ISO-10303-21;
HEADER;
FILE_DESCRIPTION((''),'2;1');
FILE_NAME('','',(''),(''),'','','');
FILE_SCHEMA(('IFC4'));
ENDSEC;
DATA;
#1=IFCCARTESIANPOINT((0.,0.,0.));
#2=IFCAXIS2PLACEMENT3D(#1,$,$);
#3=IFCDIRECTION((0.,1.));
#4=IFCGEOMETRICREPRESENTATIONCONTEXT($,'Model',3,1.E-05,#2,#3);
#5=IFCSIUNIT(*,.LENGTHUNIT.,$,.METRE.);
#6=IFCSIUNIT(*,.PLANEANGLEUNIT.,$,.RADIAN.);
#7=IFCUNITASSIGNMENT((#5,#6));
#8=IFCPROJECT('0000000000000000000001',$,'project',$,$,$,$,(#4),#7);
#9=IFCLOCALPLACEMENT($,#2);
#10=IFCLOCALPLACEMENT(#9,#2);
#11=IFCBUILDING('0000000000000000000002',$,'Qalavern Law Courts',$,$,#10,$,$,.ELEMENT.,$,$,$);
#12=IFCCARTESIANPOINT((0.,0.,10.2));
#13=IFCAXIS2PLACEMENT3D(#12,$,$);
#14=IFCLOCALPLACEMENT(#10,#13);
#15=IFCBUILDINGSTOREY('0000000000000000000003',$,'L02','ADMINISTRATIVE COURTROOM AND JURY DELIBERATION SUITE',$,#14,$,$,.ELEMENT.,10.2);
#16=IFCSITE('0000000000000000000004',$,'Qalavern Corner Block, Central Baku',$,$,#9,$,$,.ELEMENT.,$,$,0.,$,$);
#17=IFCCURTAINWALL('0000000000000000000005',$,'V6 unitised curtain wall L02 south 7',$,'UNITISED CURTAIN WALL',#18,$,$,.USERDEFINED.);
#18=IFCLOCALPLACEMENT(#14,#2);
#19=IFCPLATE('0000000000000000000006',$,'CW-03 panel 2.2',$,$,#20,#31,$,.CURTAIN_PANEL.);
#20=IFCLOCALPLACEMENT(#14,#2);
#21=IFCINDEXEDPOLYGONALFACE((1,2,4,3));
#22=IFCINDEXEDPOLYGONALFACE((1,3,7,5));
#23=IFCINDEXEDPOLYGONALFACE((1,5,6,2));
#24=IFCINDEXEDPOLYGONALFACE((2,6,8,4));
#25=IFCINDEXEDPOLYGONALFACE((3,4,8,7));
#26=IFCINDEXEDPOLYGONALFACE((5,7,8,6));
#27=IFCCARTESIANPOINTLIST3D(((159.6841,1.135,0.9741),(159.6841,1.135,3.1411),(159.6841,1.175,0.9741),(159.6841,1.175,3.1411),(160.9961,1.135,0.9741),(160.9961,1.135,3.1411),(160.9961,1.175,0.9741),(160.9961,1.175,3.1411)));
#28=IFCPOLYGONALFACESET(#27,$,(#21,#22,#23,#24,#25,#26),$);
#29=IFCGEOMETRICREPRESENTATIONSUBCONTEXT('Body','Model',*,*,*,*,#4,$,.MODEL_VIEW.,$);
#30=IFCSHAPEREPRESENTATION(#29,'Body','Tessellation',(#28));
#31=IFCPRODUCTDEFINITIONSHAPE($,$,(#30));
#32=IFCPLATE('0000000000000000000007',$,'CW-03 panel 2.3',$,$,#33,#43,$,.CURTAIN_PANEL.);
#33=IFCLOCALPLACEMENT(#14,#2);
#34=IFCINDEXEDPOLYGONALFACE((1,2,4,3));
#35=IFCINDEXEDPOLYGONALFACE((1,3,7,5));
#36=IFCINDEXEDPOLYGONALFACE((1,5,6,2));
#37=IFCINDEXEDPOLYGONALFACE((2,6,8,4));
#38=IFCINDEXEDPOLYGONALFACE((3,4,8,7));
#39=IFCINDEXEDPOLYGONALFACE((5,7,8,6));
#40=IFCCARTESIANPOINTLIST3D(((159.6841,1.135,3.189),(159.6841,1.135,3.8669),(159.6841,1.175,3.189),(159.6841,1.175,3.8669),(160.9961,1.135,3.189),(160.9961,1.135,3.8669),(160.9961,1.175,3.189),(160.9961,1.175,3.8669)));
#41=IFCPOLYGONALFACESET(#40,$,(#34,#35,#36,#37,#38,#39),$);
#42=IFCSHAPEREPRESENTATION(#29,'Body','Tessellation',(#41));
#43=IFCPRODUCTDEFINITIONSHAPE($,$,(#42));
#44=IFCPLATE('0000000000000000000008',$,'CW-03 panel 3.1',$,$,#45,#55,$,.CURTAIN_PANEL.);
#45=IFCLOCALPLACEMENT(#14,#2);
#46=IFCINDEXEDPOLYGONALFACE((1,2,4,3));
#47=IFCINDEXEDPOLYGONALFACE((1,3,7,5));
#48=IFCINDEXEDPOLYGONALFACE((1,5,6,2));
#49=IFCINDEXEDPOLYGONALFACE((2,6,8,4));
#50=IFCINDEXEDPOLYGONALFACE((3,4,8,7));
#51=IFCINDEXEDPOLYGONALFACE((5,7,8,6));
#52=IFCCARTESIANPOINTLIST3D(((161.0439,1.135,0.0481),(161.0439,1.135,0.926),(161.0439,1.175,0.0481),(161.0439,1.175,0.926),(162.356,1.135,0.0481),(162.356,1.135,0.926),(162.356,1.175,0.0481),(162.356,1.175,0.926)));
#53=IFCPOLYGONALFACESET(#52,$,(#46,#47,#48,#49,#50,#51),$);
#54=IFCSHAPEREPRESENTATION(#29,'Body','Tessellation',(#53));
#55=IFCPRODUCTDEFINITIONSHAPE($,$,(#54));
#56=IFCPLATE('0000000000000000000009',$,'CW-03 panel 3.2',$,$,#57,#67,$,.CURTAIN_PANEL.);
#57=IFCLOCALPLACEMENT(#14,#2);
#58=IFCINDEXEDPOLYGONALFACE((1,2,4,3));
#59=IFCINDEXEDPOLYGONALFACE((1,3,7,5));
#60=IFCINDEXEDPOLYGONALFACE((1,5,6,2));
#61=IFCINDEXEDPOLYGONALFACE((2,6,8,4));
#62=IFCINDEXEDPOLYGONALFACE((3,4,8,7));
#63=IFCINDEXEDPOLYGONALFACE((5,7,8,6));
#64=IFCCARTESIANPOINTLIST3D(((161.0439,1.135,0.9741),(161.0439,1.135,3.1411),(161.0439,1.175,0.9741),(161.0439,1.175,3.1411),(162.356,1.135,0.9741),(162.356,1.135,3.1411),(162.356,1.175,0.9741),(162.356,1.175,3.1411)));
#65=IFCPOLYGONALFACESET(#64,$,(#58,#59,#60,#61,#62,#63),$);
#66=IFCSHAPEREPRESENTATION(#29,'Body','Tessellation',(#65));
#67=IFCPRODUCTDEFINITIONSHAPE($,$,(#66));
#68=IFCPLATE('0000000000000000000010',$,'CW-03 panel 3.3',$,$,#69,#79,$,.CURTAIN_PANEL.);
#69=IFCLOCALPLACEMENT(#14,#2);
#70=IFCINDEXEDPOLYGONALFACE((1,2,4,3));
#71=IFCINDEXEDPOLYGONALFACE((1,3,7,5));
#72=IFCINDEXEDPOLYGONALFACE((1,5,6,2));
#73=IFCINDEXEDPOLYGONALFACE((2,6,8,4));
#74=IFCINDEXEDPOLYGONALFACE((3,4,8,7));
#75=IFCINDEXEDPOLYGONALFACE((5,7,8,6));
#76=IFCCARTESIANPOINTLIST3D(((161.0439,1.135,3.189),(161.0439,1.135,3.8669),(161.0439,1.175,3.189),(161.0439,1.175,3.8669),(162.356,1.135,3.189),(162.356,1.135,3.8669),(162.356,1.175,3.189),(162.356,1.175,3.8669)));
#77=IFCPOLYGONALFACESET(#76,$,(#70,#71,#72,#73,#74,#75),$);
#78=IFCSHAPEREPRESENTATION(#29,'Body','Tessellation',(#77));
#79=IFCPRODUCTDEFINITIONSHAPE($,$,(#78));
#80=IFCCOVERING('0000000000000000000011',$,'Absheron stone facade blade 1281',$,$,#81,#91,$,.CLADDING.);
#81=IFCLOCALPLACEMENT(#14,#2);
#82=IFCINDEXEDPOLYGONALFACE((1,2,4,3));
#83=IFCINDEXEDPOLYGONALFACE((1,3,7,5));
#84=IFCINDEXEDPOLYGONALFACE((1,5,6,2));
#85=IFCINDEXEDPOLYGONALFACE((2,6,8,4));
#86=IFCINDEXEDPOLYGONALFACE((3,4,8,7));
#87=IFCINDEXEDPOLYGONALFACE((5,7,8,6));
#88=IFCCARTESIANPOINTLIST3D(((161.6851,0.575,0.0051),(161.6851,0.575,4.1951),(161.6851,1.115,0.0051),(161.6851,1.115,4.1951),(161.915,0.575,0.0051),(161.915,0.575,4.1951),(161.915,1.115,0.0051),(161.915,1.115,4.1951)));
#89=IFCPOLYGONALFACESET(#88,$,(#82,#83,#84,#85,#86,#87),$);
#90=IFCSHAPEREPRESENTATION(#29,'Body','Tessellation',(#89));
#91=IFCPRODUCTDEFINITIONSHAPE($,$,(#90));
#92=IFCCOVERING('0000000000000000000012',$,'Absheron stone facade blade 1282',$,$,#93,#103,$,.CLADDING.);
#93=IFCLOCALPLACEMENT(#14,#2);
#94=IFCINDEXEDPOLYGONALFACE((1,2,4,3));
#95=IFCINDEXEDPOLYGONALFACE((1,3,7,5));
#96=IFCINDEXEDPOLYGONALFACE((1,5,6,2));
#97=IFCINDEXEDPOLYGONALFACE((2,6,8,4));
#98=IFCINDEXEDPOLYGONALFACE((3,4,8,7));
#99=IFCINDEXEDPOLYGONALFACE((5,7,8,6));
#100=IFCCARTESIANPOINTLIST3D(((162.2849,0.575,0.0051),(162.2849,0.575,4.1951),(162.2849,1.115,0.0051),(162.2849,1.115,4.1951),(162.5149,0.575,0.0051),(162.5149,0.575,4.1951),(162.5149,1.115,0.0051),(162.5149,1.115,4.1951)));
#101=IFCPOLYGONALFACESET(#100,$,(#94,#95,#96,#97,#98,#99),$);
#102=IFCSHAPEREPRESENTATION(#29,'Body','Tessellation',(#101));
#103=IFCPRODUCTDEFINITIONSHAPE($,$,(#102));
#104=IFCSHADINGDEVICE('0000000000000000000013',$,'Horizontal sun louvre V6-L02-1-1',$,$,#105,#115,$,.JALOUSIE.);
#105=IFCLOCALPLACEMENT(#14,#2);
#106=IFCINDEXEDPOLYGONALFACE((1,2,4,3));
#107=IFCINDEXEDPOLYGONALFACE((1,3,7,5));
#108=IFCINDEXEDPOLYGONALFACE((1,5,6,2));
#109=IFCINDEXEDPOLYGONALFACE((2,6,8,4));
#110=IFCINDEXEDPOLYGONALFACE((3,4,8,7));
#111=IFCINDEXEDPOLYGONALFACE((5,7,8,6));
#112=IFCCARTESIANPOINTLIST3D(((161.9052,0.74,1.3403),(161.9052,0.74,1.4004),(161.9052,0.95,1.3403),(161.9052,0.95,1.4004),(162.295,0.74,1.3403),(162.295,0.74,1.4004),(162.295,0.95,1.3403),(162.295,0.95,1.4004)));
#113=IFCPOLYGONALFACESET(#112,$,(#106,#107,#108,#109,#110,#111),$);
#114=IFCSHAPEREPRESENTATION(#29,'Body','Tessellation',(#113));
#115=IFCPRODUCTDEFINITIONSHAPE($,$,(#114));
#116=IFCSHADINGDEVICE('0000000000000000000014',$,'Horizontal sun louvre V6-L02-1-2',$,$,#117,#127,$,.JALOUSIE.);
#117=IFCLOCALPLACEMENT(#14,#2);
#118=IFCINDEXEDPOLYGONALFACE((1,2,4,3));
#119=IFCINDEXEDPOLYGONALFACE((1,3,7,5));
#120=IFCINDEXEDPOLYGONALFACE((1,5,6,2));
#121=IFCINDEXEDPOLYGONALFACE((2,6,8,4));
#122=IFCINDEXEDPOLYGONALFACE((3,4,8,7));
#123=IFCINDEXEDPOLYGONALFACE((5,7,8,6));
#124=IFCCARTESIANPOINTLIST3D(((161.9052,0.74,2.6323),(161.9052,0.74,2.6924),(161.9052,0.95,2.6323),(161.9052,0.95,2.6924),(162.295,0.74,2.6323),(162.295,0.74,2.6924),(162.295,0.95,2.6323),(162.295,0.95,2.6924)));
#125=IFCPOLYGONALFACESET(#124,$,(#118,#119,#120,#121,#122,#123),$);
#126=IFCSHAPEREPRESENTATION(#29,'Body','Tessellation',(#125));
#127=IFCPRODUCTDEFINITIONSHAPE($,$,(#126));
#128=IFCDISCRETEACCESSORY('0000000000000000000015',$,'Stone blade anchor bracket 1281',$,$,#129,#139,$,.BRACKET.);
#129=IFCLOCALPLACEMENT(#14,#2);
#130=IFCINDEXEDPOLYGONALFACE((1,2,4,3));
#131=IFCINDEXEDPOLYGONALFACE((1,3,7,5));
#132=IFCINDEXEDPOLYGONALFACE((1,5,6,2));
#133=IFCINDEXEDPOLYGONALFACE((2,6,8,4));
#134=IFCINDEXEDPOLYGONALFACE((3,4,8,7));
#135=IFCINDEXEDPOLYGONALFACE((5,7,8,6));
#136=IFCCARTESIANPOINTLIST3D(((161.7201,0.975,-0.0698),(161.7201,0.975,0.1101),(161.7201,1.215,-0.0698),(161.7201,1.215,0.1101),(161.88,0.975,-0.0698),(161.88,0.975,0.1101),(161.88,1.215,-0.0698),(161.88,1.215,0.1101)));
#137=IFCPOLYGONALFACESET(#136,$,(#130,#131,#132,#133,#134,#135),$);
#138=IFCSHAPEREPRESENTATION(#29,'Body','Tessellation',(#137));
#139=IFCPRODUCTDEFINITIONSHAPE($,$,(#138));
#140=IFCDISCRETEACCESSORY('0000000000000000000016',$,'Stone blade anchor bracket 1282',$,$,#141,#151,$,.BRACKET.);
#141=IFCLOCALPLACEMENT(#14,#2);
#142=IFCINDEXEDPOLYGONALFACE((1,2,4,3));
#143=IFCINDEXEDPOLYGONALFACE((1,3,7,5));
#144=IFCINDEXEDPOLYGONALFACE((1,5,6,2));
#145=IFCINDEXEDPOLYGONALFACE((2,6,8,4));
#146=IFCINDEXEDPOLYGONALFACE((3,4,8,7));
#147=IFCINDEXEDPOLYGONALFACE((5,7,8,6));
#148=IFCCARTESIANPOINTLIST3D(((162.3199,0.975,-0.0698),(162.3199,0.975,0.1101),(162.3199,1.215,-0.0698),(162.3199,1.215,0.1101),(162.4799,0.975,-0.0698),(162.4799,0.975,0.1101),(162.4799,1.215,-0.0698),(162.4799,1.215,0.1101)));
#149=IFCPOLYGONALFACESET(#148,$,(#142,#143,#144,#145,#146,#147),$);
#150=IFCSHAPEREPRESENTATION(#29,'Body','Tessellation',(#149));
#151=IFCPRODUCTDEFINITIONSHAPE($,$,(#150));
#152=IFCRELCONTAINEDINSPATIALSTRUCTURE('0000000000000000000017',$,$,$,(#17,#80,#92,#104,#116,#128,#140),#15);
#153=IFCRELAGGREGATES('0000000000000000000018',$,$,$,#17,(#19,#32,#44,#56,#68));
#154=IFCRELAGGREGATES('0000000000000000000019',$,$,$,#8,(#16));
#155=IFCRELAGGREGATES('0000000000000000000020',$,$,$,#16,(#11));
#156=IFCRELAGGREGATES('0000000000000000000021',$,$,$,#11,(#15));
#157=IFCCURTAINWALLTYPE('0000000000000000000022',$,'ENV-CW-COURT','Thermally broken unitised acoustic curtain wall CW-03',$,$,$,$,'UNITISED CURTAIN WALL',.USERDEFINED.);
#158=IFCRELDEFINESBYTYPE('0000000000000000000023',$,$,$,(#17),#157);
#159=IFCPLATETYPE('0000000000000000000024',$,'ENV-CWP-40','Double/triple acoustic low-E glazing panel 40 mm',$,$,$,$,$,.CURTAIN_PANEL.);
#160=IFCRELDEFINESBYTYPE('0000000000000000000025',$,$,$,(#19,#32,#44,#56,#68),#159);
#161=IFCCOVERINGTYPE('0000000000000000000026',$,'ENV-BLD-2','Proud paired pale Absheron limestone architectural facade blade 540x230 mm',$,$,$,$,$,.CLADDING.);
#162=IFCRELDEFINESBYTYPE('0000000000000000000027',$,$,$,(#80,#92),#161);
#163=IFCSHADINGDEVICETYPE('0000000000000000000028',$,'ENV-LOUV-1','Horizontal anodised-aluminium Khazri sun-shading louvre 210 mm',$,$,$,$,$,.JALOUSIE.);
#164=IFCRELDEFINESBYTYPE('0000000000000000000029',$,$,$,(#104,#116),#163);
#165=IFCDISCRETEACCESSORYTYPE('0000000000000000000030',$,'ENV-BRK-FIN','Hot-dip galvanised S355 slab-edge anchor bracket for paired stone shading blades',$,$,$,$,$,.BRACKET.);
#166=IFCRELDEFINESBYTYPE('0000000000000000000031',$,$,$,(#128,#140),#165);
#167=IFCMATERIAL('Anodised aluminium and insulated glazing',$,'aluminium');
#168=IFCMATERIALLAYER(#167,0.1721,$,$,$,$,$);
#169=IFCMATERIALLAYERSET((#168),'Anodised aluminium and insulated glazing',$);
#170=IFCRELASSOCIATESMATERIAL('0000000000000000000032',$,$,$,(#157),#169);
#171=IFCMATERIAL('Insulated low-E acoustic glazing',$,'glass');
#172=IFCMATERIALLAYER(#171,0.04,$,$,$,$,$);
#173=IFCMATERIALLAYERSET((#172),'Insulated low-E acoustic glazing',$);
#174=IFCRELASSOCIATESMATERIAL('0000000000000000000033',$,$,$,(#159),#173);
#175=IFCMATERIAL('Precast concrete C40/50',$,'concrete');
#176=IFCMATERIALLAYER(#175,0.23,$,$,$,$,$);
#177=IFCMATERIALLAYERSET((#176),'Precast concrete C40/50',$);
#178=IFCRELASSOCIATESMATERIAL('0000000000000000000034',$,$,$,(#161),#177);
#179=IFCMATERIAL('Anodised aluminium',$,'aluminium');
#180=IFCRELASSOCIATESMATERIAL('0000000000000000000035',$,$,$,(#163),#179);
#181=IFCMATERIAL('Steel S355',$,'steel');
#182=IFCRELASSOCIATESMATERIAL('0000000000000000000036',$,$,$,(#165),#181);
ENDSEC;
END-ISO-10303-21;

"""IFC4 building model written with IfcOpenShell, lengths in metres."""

from ifc_helpers import new_model, si_unit, direction, frame, origin, origin_2d, place, context, subcontext, project, spatial, rectangle, extrude, material, layer, layer_set, type_object, element, aggregate, save


model = new_model("IFC4")

# Units and contexts
model_context = context("Model", 3, precision=1e-05, world=origin(), true_north=direction((0.0, 1.0)))
body_context = subcontext(model_context, "Body", "Model", "MODEL_VIEW")
ifc_project = project(units=[si_unit("LENGTHUNIT", "METRE"), si_unit("PLANEANGLEUNIT", "RADIAN")], contexts=[model_context])

# Site, building, storey
site_placement = place(None, origin())
site = spatial("IfcSite", under=ifc_project, at=site_placement, Name="Qalavern Corner Block, Central Baku", CompositionType="ELEMENT", RefElevation=0.0)
building_placement = place(site_placement, origin())
building = spatial("IfcBuilding", under=site, at=building_placement, Name="Qalavern Law Courts", CompositionType="ELEMENT")
storey_placement = place(building_placement, frame((0.0, 0.0, 10.2)))
storey = spatial("IfcBuildingStorey", under=building, at=storey_placement, Name="L02", Description="ADMINISTRATIVE COURTROOM AND JURY DELIBERATION SUITE", CompositionType="ELEMENT", Elevation=10.2)

# Curtain wall, plates
ifc_material_1 = material(Name="Anodised aluminium and insulated glazing", Category="aluminium")
ifc_layer_1 = layer(ifc_material_1, 0.1721)
ifc_layer_set_1 = layer_set([ifc_layer_1], Name="Anodised aluminium and insulated glazing")
curtain_wall_type = type_object("IfcCurtainWallType", Name="ENV-CW-COURT", Description="Thermally broken unitised acoustic curtain wall CW-03", ElementType="UNITISED CURTAIN WALL", PredefinedType="USERDEFINED", material=ifc_layer_set_1)
curtain_wall_placement = place(storey_placement, origin())
curtain_wall = element("IfcCurtainWall", 1, at=curtain_wall_placement, inside=storey, type_object=curtain_wall_type, Name="V6 unitised curtain wall L02 south 7", ObjectType="UNITISED CURTAIN WALL", PredefinedType="USERDEFINED")
ifc_material_2 = material(Name="Anodised aluminium", Category="aluminium")
ifc_material_3 = material(Name="Insulated low-E acoustic glazing", Category="glass")
ifc_layer_2 = layer(ifc_material_3, 0.04)
ifc_layer_set_2 = layer_set([ifc_layer_2], Name="Insulated low-E acoustic glazing")
plate_type = type_object("IfcPlateType", Name="ENV-CWP-40", Description="Double/triple acoustic low-E glazing panel 40 mm", PredefinedType="CURTAIN_PANEL", material=ifc_layer_set_2)
plate_1_placement = place(storey_placement, frame((160.3401, 1.155, 0.9741), z_axis=(0.0, 0.0, 1.0), x_axis=(1.0, 0.0, 0.0)))
plate_1 = element("IfcPlate", 2, at=plate_1_placement, type_object=plate_type, Name="CW-03 panel 2.2", PredefinedType="CURTAIN_PANEL", context=body_context, shape_type="SweptSolid", body=[
    extrude(rectangle(XDim=1.312, YDim=0.04, at=origin_2d()), origin(), (0.0, 0.0, 1.0), 2.167),
])
plate_2_placement = place(storey_placement, frame((160.3401, 1.155, 3.189), z_axis=(0.0, 0.0, 1.0), x_axis=(1.0, 0.0, 0.0)))
plate_2 = element("IfcPlate", 3, at=plate_2_placement, type_object=plate_type, Name="CW-03 panel 2.3", PredefinedType="CURTAIN_PANEL", context=body_context, shape_type="SweptSolid", body=[
    extrude(rectangle(XDim=1.312, YDim=0.04, at=origin_2d()), origin(), (0.0, 0.0, 1.0), 0.678),
])
plate_3_placement = place(storey_placement, frame((161.7, 1.155, 0.0481), z_axis=(0.0, 0.0, 1.0), x_axis=(1.0, 0.0, 0.0)))
plate_3 = element("IfcPlate", 4, at=plate_3_placement, type_object=plate_type, Name="CW-03 panel 3.1", PredefinedType="CURTAIN_PANEL", context=body_context, shape_type="SweptSolid", body=[
    extrude(rectangle(XDim=1.312, YDim=0.04, at=origin_2d()), origin(), (0.0, 0.0, 1.0), 0.8779),
])
plate_4_placement = place(storey_placement, frame((161.7, 1.155, 0.9741), z_axis=(0.0, 0.0, 1.0), x_axis=(1.0, 0.0, 0.0)))
plate_4 = element("IfcPlate", 5, at=plate_4_placement, type_object=plate_type, Name="CW-03 panel 3.2", PredefinedType="CURTAIN_PANEL", context=body_context, shape_type="SweptSolid", body=[
    extrude(rectangle(XDim=1.312, YDim=0.04, at=origin_2d()), origin(), (0.0, 0.0, 1.0), 2.167),
])
plate_5_placement = place(storey_placement, frame((161.7, 1.155, 3.189), z_axis=(0.0, 0.0, 1.0), x_axis=(1.0, 0.0, 0.0)))
plate_5 = element("IfcPlate", 6, at=plate_5_placement, type_object=plate_type, Name="CW-03 panel 3.3", PredefinedType="CURTAIN_PANEL", context=body_context, shape_type="SweptSolid", body=[
    extrude(rectangle(XDim=1.312, YDim=0.04, at=origin_2d()), origin(), (0.0, 0.0, 1.0), 0.678),
])
aggregate(curtain_wall, [plate_1, plate_2, plate_3, plate_4, plate_5])

# Coverings
ifc_material_4 = material(Name="Precast concrete C40/50", Category="concrete")
ifc_layer_3 = layer(ifc_material_4, 0.23)
ifc_layer_set_3 = layer_set([ifc_layer_3], Name="Precast concrete C40/50")
covering_type = type_object("IfcCoveringType", Name="ENV-BLD-2", Description="Proud paired pale Absheron limestone architectural facade blade 540x230 mm", PredefinedType="CLADDING", material=ifc_layer_set_3)
for number, where, z_axis, x_axis, name in (
    (7, (161.8, 0.845, 0.0051), (0.0, 0.0, 1.0), (0.0, -1.0, 0.0), "Absheron stone facade blade 1281"),
    (8, (162.3999, 0.845, 0.0051), (0.0, 0.0, 1.0), (0.0, -1.0, 0.0), "Absheron stone facade blade 1282"),
):
    element("IfcCovering", number, at=place(storey_placement, frame(where, z_axis=z_axis, x_axis=x_axis)), inside=storey, type_object=covering_type, Name=name, PredefinedType="CLADDING", context=body_context, shape_type="SweptSolid", body=[
        extrude(rectangle(XDim=0.54, YDim=0.23, at=origin_2d()), origin(), (0.0, 0.0, 1.0), 4.1899),
    ])

# Shading devices
shading_device_type = type_object("IfcShadingDeviceType", Name="ENV-LOUV-1", Description="Horizontal anodised-aluminium Khazri sun-shading louvre 210 mm", PredefinedType="JALOUSIE", material=ifc_material_2)
for number, where, z_axis, x_axis, name in (
    (9, (162.1001, 0.845, 1.3403), (0.0, 0.0, 1.0), (1.0, 0.0, 0.0), "Horizontal sun louvre V6-L02-1-1"),
    (10, (162.1001, 0.845, 2.6323), (0.0, 0.0, 1.0), (1.0, 0.0, 0.0), "Horizontal sun louvre V6-L02-1-2"),
):
    element("IfcShadingDevice", number, at=place(storey_placement, frame(where, z_axis=z_axis, x_axis=x_axis)), inside=storey, type_object=shading_device_type, Name=name, PredefinedType="JALOUSIE", context=body_context, shape_type="SweptSolid", body=[
        extrude(rectangle(XDim=0.3899, YDim=0.21, at=origin_2d()), origin(), (0.0, 0.0, 1.0), 0.0601),
    ])

# Discrete accessories
ifc_material_5 = material(Name="Steel S355", Category="steel")
discrete_accessory_type = type_object("IfcDiscreteAccessoryType", Name="ENV-BRK-FIN", Description="Hot-dip galvanised S355 slab-edge anchor bracket for paired stone shading blades", PredefinedType="BRACKET", material=ifc_material_5)
for number, where, z_axis, x_axis, name in (
    (11, (161.8, 1.095, -0.0698), (0.0, 0.0, 1.0), (0.0, -1.0, 0.0), "Stone blade anchor bracket 1281"),
    (12, (162.3999, 1.095, -0.0698), (0.0, 0.0, 1.0), (0.0, -1.0, 0.0), "Stone blade anchor bracket 1282"),
):
    element("IfcDiscreteAccessory", number, at=place(storey_placement, frame(where, z_axis=z_axis, x_axis=x_axis)), inside=storey, type_object=discrete_accessory_type, Name=name, PredefinedType="BRACKET", context=body_context, shape_type="SweptSolid", body=[
        extrude(rectangle(XDim=0.24, YDim=0.1599, at=origin_2d()), origin(), (0.0, 0.0, 1.0), 0.1799),
    ])

save(model, "model.ifc")
